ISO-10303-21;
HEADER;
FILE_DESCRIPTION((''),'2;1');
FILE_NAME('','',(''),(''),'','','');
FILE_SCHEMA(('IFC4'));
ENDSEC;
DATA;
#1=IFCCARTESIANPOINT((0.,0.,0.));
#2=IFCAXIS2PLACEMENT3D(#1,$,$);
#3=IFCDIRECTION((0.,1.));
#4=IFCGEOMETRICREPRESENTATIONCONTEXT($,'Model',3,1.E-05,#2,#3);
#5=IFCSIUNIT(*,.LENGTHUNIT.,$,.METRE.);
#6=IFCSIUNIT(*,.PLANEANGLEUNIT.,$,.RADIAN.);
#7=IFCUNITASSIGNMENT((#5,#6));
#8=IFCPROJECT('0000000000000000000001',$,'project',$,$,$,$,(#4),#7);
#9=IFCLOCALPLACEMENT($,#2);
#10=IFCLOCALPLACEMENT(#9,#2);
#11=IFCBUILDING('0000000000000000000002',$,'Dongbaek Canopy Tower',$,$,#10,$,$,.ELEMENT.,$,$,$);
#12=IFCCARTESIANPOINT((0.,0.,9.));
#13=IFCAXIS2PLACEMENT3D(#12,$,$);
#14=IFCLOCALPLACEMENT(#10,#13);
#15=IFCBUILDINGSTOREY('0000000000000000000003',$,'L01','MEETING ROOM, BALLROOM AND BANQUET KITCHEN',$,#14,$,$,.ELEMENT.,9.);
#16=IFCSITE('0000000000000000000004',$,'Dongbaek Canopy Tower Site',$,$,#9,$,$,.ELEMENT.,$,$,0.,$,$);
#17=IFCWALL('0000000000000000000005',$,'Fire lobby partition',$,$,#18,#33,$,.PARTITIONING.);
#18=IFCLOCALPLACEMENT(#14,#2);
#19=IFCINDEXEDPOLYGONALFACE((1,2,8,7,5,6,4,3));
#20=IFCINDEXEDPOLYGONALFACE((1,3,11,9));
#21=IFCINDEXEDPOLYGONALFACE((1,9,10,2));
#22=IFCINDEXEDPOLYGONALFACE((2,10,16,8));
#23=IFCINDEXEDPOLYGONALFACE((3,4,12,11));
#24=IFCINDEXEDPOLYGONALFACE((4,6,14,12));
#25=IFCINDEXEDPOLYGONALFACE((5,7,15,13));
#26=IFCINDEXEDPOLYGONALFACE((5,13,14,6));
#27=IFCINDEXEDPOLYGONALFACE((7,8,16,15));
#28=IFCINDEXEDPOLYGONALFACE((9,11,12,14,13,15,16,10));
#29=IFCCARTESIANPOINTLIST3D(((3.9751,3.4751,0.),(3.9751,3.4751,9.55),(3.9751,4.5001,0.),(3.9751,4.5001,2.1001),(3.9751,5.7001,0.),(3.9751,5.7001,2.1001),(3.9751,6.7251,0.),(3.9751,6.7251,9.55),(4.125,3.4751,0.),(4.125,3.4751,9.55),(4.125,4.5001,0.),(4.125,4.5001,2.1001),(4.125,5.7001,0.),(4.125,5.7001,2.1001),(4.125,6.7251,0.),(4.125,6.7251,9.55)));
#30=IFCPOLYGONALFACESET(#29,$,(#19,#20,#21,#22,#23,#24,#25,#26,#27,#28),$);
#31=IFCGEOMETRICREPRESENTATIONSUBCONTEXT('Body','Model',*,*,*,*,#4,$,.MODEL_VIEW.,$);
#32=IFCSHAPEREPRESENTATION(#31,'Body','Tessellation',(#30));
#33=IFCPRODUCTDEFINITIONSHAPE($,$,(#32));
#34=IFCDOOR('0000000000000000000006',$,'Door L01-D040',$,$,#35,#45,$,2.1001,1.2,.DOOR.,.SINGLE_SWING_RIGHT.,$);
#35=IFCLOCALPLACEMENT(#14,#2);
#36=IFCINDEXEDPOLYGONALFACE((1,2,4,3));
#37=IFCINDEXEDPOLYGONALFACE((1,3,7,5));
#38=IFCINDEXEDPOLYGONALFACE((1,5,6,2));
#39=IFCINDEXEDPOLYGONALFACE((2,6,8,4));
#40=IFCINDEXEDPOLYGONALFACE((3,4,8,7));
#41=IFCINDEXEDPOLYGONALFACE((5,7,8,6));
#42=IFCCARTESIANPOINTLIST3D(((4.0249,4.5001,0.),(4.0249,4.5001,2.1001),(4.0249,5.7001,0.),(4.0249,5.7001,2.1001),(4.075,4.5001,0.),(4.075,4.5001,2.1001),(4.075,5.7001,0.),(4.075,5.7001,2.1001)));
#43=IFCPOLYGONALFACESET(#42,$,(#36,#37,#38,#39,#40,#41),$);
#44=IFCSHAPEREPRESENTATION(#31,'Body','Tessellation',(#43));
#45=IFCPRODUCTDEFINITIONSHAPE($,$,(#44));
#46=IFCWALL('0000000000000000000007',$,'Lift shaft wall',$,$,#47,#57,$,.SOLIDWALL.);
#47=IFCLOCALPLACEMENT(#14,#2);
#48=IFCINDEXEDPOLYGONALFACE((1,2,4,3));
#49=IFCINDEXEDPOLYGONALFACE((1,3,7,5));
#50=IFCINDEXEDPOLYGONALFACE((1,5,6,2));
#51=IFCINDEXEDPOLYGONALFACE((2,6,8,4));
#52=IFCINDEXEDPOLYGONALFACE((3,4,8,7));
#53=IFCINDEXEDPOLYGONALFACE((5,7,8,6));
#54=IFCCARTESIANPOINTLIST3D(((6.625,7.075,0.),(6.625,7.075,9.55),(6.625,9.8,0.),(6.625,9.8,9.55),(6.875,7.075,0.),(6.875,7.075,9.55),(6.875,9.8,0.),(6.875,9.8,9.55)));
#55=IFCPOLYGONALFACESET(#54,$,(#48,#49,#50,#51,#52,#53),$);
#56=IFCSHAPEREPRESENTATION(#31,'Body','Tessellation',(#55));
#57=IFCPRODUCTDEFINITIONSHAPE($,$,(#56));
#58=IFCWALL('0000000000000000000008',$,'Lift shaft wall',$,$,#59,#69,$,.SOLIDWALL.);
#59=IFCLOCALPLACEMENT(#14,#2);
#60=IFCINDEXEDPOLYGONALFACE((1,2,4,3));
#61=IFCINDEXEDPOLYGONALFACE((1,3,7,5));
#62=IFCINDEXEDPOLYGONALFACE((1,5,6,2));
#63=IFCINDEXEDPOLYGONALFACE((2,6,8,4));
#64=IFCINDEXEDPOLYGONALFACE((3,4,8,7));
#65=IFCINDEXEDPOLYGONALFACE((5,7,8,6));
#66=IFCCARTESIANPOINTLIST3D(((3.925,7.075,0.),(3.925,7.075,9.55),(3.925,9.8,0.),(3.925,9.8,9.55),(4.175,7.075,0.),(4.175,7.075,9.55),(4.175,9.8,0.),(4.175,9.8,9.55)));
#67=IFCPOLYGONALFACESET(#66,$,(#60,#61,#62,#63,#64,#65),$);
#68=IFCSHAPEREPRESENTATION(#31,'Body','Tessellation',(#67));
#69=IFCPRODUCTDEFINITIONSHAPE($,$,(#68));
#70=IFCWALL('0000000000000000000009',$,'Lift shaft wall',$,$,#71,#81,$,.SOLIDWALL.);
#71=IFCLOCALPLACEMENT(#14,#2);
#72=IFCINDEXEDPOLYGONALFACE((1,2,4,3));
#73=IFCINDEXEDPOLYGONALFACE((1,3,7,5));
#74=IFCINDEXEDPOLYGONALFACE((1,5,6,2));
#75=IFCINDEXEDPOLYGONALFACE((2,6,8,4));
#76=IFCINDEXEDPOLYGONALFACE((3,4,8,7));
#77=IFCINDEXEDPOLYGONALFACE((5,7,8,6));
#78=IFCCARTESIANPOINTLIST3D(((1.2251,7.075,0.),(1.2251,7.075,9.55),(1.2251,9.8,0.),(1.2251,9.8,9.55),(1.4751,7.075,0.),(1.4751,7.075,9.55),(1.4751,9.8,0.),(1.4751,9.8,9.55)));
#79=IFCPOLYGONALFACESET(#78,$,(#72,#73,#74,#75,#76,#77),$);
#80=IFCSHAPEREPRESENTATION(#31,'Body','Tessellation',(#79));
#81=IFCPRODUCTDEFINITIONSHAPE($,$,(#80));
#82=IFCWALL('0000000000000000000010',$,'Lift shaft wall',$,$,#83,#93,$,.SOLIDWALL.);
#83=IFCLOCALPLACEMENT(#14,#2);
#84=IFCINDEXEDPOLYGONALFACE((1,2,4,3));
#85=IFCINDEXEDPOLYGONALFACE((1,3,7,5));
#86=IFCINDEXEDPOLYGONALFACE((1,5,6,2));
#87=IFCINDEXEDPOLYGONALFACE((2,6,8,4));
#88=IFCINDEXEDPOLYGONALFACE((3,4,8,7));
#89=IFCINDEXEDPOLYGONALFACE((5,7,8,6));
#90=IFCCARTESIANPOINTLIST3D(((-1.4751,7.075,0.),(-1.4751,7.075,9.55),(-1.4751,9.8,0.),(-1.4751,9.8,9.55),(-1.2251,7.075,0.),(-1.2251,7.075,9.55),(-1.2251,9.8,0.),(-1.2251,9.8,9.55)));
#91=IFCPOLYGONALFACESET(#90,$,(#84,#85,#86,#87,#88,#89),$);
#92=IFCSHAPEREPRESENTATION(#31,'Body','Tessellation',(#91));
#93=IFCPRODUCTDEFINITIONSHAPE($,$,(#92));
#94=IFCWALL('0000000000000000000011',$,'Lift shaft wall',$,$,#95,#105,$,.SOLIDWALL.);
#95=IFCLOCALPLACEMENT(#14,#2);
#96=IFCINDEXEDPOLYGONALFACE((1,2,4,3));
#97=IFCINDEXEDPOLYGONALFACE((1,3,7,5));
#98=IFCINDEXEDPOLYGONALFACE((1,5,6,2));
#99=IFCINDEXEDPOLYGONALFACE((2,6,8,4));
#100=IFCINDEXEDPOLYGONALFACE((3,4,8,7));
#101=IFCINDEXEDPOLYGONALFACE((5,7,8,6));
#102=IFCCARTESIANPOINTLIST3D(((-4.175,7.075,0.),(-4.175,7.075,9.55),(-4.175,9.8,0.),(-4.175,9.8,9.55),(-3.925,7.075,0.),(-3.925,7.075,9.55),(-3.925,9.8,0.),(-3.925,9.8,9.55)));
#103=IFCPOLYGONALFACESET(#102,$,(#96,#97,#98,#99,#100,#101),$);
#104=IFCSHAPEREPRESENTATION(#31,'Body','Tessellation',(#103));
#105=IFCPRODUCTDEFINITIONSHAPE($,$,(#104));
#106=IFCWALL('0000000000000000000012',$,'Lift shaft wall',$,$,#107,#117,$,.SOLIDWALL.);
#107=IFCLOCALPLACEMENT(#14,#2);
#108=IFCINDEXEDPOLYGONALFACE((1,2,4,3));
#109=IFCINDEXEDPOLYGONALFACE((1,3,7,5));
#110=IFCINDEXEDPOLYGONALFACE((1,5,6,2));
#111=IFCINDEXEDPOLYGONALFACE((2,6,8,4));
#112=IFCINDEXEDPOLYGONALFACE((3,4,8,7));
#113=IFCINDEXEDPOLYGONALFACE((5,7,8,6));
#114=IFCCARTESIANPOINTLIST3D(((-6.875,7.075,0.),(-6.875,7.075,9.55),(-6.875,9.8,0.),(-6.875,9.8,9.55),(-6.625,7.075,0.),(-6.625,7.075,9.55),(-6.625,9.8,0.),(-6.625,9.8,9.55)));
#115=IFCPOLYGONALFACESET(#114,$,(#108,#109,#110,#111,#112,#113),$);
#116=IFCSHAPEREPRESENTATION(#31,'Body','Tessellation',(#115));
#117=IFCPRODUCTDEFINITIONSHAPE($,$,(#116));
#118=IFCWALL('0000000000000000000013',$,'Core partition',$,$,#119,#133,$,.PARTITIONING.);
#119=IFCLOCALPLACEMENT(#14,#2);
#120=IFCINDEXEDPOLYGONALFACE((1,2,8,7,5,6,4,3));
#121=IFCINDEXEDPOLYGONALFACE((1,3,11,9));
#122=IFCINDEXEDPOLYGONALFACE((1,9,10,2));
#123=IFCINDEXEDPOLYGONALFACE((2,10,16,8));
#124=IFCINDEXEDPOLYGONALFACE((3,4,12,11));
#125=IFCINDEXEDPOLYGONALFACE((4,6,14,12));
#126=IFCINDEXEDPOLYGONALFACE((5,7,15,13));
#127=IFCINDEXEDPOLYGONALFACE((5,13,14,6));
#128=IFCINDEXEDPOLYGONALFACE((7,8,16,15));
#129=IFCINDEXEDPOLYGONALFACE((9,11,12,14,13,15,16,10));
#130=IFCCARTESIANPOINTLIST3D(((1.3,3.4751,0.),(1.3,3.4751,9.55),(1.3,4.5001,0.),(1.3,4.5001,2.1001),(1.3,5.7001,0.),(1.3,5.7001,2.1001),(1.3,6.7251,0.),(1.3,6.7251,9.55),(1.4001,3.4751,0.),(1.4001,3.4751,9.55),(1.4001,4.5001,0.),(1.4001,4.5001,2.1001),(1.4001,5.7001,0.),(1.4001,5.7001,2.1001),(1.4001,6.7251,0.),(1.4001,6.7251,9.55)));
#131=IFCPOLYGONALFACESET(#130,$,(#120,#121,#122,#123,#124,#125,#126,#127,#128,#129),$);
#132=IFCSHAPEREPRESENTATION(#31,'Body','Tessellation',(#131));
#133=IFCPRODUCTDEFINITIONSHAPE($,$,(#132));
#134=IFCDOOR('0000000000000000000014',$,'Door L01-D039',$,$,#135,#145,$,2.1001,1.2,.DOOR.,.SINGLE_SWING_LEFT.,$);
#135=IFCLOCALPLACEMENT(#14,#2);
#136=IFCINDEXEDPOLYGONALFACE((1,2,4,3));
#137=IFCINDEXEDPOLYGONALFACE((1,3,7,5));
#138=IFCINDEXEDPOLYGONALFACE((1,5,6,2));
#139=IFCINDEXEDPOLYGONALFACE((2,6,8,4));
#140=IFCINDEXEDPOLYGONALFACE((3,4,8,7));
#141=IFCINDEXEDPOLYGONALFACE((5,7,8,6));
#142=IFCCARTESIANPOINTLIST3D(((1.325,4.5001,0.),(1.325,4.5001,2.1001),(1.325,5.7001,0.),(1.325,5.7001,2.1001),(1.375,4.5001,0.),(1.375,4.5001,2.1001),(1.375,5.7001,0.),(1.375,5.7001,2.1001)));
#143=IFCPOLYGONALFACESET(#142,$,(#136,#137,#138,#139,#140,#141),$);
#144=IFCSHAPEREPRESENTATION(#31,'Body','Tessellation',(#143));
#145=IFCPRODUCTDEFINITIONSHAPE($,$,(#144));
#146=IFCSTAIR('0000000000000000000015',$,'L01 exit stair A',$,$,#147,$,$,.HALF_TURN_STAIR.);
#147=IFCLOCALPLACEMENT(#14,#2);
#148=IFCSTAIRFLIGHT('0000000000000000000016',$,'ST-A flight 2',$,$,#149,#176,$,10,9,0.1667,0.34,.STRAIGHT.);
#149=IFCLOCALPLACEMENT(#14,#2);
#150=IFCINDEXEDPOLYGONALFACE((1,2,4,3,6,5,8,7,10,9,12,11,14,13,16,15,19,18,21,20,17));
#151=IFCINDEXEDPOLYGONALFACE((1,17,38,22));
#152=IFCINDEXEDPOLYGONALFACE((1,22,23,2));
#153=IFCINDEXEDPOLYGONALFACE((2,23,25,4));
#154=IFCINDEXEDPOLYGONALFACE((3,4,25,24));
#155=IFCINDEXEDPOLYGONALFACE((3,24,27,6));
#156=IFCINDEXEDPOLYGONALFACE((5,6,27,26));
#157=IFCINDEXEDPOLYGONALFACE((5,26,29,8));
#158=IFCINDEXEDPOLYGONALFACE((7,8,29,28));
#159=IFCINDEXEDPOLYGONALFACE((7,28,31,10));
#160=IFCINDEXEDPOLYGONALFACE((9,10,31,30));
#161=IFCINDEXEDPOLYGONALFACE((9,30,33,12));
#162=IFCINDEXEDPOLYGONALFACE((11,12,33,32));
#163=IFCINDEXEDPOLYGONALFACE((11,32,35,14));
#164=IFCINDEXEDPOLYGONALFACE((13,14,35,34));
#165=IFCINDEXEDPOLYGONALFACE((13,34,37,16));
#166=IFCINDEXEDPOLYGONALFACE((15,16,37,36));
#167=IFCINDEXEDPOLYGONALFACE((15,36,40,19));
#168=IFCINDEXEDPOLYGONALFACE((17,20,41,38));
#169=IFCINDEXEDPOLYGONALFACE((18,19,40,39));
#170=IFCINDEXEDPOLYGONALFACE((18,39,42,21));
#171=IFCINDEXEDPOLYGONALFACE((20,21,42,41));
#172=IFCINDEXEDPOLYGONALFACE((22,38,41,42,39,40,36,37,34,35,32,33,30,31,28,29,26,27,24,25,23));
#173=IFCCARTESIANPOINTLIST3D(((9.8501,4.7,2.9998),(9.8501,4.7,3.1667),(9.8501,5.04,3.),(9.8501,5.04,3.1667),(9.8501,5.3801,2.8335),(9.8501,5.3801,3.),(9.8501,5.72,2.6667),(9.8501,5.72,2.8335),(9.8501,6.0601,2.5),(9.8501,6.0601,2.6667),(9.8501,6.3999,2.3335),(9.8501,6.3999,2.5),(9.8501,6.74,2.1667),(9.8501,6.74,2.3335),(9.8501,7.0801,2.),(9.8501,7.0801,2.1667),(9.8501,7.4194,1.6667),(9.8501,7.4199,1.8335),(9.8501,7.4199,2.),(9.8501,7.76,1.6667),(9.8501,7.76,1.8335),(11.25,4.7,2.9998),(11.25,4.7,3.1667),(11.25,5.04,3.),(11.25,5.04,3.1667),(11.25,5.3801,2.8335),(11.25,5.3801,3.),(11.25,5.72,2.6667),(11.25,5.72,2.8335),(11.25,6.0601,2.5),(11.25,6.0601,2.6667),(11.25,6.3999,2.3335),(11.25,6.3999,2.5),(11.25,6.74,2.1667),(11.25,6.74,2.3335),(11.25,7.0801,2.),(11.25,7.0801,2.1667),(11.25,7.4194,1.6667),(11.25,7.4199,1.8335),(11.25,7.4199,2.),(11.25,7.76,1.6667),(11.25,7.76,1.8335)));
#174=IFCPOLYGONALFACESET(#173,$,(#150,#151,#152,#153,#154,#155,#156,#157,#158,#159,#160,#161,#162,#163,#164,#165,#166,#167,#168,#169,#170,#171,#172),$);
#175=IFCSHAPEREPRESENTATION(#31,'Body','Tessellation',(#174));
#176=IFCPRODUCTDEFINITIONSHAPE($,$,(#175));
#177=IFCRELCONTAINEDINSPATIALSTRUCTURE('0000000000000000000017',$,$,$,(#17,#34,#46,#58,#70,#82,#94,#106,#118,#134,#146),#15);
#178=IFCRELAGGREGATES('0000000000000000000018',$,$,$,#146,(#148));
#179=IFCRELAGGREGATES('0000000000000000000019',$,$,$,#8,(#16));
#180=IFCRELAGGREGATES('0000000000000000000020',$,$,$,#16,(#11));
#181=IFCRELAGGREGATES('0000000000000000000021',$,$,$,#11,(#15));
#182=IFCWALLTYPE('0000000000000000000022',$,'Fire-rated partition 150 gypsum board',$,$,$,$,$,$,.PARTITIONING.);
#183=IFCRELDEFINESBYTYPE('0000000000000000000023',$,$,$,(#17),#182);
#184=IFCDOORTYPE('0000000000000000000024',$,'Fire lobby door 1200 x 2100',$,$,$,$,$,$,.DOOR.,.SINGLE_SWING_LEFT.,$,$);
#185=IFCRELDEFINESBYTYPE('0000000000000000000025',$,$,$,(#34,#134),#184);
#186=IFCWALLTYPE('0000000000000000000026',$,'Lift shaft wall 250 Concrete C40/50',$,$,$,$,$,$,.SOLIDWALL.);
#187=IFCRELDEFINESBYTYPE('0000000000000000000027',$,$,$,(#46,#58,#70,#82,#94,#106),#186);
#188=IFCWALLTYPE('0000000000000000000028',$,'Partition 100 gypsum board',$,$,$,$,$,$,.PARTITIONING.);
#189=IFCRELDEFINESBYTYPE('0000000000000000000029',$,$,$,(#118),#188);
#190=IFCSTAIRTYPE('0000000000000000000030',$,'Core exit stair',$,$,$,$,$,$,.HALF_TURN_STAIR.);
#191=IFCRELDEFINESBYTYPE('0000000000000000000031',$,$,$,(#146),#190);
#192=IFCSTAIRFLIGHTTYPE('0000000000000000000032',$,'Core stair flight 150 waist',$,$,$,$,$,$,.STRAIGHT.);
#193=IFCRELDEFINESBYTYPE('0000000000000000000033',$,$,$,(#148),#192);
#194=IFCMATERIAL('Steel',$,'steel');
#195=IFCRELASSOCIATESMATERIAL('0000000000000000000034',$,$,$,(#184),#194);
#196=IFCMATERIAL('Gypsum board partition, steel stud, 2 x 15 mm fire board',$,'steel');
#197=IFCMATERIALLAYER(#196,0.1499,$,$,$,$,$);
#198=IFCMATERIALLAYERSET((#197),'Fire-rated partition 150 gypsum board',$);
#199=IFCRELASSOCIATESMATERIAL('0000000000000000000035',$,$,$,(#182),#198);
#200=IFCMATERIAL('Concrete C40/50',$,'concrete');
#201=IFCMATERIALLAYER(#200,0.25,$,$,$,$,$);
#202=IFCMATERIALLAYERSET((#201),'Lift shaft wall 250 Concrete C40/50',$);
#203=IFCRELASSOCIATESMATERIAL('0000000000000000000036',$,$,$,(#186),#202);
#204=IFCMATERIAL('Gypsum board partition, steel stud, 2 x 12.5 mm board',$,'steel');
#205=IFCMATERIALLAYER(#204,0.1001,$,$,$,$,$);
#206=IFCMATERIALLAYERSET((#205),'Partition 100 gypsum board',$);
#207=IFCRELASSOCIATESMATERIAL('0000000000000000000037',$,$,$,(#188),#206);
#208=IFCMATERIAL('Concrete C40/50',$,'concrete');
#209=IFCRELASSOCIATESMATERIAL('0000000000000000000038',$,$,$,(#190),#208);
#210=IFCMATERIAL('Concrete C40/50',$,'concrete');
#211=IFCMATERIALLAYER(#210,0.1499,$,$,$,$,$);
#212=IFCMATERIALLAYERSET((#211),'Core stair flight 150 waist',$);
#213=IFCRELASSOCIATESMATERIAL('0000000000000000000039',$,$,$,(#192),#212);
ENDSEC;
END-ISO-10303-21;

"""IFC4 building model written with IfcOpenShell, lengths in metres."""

from ifc_helpers import new_model, si_unit, direction, frame, frame_2d, origin, place, context, subcontext, project, spatial, polyline, rectangle, outline, extrude, material, layer, layer_set, type_object, element, fill, aggregate, save


model = new_model("IFC4")

# Units and contexts
model_context = context("Model", 3, precision=1e-05, world=origin(), true_north=direction((0.0, 1.0)))
body_context = subcontext(model_context, "Body", "Model", "MODEL_VIEW")
ifc_project = project(units=[si_unit("LENGTHUNIT", "METRE"), si_unit("PLANEANGLEUNIT", "RADIAN")], contexts=[model_context])

# Site, building, storey
site_placement = place(None, origin())
site = spatial("IfcSite", under=ifc_project, at=site_placement, Name="Dongbaek Canopy Tower Site", CompositionType="ELEMENT", RefElevation=0.0)
building_placement = place(site_placement, origin())
building = spatial("IfcBuilding", under=site, at=building_placement, Name="Dongbaek Canopy Tower", CompositionType="ELEMENT")
storey_placement = place(building_placement, frame((0.0, 0.0, 9.0)))
storey = spatial("IfcBuildingStorey", under=building, at=storey_placement, Name="L01", Description="MEETING ROOM, BALLROOM AND BANQUET KITCHEN", CompositionType="ELEMENT", Elevation=9.0)

# Shared definitions
ifc_material_1 = material(Name="Steel", Category="steel")
door_type_1 = type_object("IfcDoorType", Name="Fire lobby door 1200 x 2100", OperationType="SINGLE_SWING_LEFT", PredefinedType="DOOR", material=ifc_material_1)

# Wall, opening, door
ifc_material_2 = material(Name="Gypsum board partition, steel stud, 2 x 15 mm fire board", Category="steel")
ifc_layer_1 = layer(ifc_material_2, 0.1499)
ifc_layer_set_1 = layer_set([ifc_layer_1], Name="Fire-rated partition 150 gypsum board")
wall_type_1 = type_object("IfcWallType", Name="Fire-rated partition 150 gypsum board", PredefinedType="PARTITIONING", material=ifc_layer_set_1)
wall_1_placement = place(storey_placement, frame((4.05, 6.7251, 0.0), z_axis=(0.0, 0.0, 1.0), x_axis=(0.0, -1.0, 0.0)))
wall_1 = element("IfcWall", 1, at=wall_1_placement, inside=storey, type_object=wall_type_1, Name="Fire lobby partition", PredefinedType="PARTITIONING", context=body_context, shape_type="SweptSolid", body=[
    extrude(rectangle(XDim=3.25, YDim=0.1499, at=frame_2d((1.625, 0.0))), origin(), (0.0, 0.0, 1.0), 9.55),
])
opening_1_placement = place(wall_1_placement, frame((1.0249, 0.0, 0.0)))
opening_1 = element("IfcOpeningElement", 2, at=opening_1_placement, cuts=wall_1, PredefinedType="OPENING", context=body_context, shape_type="SweptSolid", body=[
    extrude(rectangle(XDim=1.2, YDim=2.1001, at=frame_2d((0.6001, 1.05))), frame((0.0, 0.085, 0.0), z_axis=(0.0, -1.0, 0.0), x_axis=(1.0, 0.0, 0.0)), (0.0, 0.0, 1.0), 0.1699),
])
door_1_placement = place(opening_1_placement, origin())
door_1 = element("IfcDoor", 3, at=door_1_placement, inside=storey, type_object=door_type_1, Name="Door L01-D040", OperationType="SINGLE_SWING_RIGHT", OverallHeight=2.1001, OverallWidth=1.2, PredefinedType="DOOR", context=body_context, shape_type="SweptSolid", body=[
    extrude(rectangle(XDim=1.2, YDim=2.1001, at=frame_2d((0.6001, 1.05))), frame((0.0, 0.0249, 0.0), z_axis=(0.0, -1.0, 0.0), x_axis=(1.0, 0.0, 0.0)), (0.0, 0.0, 1.0), 0.05),
])
fill(opening_1, door_1)

# Walls
ifc_material_3 = material(Name="Concrete C40/50", Category="concrete")
ifc_layer_2 = layer(ifc_material_3, 0.25)
ifc_layer_set_2 = layer_set([ifc_layer_2], Name="Lift shaft wall 250 Concrete C40/50")
wall_type_2 = type_object("IfcWallType", Name="Lift shaft wall 250 Concrete C40/50", PredefinedType="SOLIDWALL", material=ifc_layer_set_2)
for number, where, z_axis, x_axis, name in (
    (4, (6.75, 7.075, 0.0), (0.0, 0.0, 1.0), (0.0, 1.0, 0.0), "Lift shaft wall"),
    (5, (4.05, 7.075, 0.0), (0.0, 0.0, 1.0), (0.0, 1.0, 0.0), "Lift shaft wall"),
    (6, (1.3501, 7.075, 0.0), (0.0, 0.0, 1.0), (0.0, 1.0, 0.0), "Lift shaft wall"),
    (7, (-1.3501, 7.075, 0.0), (0.0, 0.0, 1.0), (0.0, 1.0, 0.0), "Lift shaft wall"),
    (8, (-4.05, 7.075, 0.0), (0.0, 0.0, 1.0), (0.0, 1.0, 0.0), "Lift shaft wall"),
    (9, (-6.75, 7.075, 0.0), (0.0, 0.0, 1.0), (0.0, 1.0, 0.0), "Lift shaft wall"),
):
    element("IfcWall", number, at=place(storey_placement, frame(where, z_axis=z_axis, x_axis=x_axis)), inside=storey, type_object=wall_type_2, Name=name, PredefinedType="SOLIDWALL", context=body_context, shape_type="SweptSolid", body=[
        extrude(rectangle(XDim=2.7251, YDim=0.25, at=frame_2d((1.3625, 0.0))), origin(), (0.0, 0.0, 1.0), 9.55),
    ])

# Wall, opening, door
ifc_material_4 = material(Name="Gypsum board partition, steel stud, 2 x 12.5 mm board", Category="steel")
ifc_layer_3 = layer(ifc_material_4, 0.1001)
ifc_layer_set_3 = layer_set([ifc_layer_3], Name="Partition 100 gypsum board")
wall_type_3 = type_object("IfcWallType", Name="Partition 100 gypsum board", PredefinedType="PARTITIONING", material=ifc_layer_set_3)
wall_2_placement = place(storey_placement, frame((1.3501, 6.7251, 0.0), z_axis=(0.0, 0.0, 1.0), x_axis=(0.0, -1.0, 0.0)))
wall_2 = element("IfcWall", 10, at=wall_2_placement, inside=storey, type_object=wall_type_3, Name="Core partition", PredefinedType="PARTITIONING", context=body_context, shape_type="SweptSolid", body=[
    extrude(rectangle(XDim=3.25, YDim=0.1001, at=frame_2d((1.625, 0.0))), origin(), (0.0, 0.0, 1.0), 9.55),
])
opening_2_placement = place(wall_2_placement, frame((1.0249, 0.0, 0.0)))
opening_2 = element("IfcOpeningElement", 11, at=opening_2_placement, cuts=wall_2, PredefinedType="OPENING", context=body_context, shape_type="SweptSolid", body=[
    extrude(rectangle(XDim=1.2, YDim=2.1001, at=frame_2d((0.6001, 1.05))), frame((0.0, 0.0601, 0.0), z_axis=(0.0, -1.0, 0.0), x_axis=(1.0, 0.0, 0.0)), (0.0, 0.0, 1.0), 0.1201),
])
door_2_placement = place(opening_2_placement, origin())
door_2 = element("IfcDoor", 12, at=door_2_placement, inside=storey, type_object=door_type_1, Name="Door L01-D039", OperationType="SINGLE_SWING_LEFT", OverallHeight=2.1001, OverallWidth=1.2, PredefinedType="DOOR", context=body_context, shape_type="SweptSolid", body=[
    extrude(rectangle(XDim=1.2, YDim=2.1001, at=frame_2d((0.6001, 1.05))), frame((0.0, 0.0249, 0.0), z_axis=(0.0, -1.0, 0.0), x_axis=(1.0, 0.0, 0.0)), (0.0, 0.0, 1.0), 0.05),
])
fill(opening_2, door_2)

# Stair, stair flight
ifc_material_5 = material(Name="Concrete C40/50", Category="concrete")
stair_type = type_object("IfcStairType", Name="Core exit stair", PredefinedType="HALF_TURN_STAIR", material=ifc_material_5)
stair_placement = place(storey_placement, origin())
stair = element("IfcStair", 13, at=stair_placement, inside=storey, type_object=stair_type, Name="L01 exit stair A", PredefinedType="HALF_TURN_STAIR")
ifc_material_6 = material(Name="Concrete C40/50", Category="concrete")
ifc_layer_4 = layer(ifc_material_6, 0.1499)
ifc_layer_set_4 = layer_set([ifc_layer_4], Name="Core stair flight 150 waist")
stair_flight_type = type_object("IfcStairFlightType", Name="Core stair flight 150 waist", PredefinedType="STRAIGHT", material=ifc_layer_set_4)
stair_flight_1_placement = place(storey_placement, frame((10.55, 7.76, 1.6667), z_axis=(0.0, 0.0, 1.0), x_axis=(0.0, -1.0, 0.0)))
stair_flight_1 = element("IfcStairFlight", 14, at=stair_flight_1_placement, type_object=stair_flight_type, Name="ST-A flight 2", NumberOfRisers=10, NumberOfTreads=9, PredefinedType="STRAIGHT", RiserHeight=0.1667, TreadLength=0.34, context=body_context, shape_type="SweptSolid", body=[
    extrude(outline(polyline([(0.0, 0.0), (0.0, 0.1667), (0.3401, 0.1667), (0.3401, 0.3333), (0.6799, 0.3333), (0.6799, 0.5), (1.02, 0.5), (1.02, 0.6667), (1.3601, 0.6667), (1.3601, 0.8333), (1.7, 0.8333), (1.7, 1.0), (2.04, 1.0), (2.04, 1.1667), (2.3799, 1.1667), (2.3799, 1.3333), (2.72, 1.3333), (2.72, 1.5), (3.0601, 1.5), (3.0601, 1.6667), (3.0601, 1.333), (0.3406, 0.0), (0.0, 0.0)])), frame((0.0, 0.7, 0.0), z_axis=(0.0, -1.0, 0.0), x_axis=(1.0, 0.0, 0.0)), (0.0, 0.0, 1.0), 1.3999),
])
aggregate(stair, [stair_flight_1])

save(model, "model.ifc")
